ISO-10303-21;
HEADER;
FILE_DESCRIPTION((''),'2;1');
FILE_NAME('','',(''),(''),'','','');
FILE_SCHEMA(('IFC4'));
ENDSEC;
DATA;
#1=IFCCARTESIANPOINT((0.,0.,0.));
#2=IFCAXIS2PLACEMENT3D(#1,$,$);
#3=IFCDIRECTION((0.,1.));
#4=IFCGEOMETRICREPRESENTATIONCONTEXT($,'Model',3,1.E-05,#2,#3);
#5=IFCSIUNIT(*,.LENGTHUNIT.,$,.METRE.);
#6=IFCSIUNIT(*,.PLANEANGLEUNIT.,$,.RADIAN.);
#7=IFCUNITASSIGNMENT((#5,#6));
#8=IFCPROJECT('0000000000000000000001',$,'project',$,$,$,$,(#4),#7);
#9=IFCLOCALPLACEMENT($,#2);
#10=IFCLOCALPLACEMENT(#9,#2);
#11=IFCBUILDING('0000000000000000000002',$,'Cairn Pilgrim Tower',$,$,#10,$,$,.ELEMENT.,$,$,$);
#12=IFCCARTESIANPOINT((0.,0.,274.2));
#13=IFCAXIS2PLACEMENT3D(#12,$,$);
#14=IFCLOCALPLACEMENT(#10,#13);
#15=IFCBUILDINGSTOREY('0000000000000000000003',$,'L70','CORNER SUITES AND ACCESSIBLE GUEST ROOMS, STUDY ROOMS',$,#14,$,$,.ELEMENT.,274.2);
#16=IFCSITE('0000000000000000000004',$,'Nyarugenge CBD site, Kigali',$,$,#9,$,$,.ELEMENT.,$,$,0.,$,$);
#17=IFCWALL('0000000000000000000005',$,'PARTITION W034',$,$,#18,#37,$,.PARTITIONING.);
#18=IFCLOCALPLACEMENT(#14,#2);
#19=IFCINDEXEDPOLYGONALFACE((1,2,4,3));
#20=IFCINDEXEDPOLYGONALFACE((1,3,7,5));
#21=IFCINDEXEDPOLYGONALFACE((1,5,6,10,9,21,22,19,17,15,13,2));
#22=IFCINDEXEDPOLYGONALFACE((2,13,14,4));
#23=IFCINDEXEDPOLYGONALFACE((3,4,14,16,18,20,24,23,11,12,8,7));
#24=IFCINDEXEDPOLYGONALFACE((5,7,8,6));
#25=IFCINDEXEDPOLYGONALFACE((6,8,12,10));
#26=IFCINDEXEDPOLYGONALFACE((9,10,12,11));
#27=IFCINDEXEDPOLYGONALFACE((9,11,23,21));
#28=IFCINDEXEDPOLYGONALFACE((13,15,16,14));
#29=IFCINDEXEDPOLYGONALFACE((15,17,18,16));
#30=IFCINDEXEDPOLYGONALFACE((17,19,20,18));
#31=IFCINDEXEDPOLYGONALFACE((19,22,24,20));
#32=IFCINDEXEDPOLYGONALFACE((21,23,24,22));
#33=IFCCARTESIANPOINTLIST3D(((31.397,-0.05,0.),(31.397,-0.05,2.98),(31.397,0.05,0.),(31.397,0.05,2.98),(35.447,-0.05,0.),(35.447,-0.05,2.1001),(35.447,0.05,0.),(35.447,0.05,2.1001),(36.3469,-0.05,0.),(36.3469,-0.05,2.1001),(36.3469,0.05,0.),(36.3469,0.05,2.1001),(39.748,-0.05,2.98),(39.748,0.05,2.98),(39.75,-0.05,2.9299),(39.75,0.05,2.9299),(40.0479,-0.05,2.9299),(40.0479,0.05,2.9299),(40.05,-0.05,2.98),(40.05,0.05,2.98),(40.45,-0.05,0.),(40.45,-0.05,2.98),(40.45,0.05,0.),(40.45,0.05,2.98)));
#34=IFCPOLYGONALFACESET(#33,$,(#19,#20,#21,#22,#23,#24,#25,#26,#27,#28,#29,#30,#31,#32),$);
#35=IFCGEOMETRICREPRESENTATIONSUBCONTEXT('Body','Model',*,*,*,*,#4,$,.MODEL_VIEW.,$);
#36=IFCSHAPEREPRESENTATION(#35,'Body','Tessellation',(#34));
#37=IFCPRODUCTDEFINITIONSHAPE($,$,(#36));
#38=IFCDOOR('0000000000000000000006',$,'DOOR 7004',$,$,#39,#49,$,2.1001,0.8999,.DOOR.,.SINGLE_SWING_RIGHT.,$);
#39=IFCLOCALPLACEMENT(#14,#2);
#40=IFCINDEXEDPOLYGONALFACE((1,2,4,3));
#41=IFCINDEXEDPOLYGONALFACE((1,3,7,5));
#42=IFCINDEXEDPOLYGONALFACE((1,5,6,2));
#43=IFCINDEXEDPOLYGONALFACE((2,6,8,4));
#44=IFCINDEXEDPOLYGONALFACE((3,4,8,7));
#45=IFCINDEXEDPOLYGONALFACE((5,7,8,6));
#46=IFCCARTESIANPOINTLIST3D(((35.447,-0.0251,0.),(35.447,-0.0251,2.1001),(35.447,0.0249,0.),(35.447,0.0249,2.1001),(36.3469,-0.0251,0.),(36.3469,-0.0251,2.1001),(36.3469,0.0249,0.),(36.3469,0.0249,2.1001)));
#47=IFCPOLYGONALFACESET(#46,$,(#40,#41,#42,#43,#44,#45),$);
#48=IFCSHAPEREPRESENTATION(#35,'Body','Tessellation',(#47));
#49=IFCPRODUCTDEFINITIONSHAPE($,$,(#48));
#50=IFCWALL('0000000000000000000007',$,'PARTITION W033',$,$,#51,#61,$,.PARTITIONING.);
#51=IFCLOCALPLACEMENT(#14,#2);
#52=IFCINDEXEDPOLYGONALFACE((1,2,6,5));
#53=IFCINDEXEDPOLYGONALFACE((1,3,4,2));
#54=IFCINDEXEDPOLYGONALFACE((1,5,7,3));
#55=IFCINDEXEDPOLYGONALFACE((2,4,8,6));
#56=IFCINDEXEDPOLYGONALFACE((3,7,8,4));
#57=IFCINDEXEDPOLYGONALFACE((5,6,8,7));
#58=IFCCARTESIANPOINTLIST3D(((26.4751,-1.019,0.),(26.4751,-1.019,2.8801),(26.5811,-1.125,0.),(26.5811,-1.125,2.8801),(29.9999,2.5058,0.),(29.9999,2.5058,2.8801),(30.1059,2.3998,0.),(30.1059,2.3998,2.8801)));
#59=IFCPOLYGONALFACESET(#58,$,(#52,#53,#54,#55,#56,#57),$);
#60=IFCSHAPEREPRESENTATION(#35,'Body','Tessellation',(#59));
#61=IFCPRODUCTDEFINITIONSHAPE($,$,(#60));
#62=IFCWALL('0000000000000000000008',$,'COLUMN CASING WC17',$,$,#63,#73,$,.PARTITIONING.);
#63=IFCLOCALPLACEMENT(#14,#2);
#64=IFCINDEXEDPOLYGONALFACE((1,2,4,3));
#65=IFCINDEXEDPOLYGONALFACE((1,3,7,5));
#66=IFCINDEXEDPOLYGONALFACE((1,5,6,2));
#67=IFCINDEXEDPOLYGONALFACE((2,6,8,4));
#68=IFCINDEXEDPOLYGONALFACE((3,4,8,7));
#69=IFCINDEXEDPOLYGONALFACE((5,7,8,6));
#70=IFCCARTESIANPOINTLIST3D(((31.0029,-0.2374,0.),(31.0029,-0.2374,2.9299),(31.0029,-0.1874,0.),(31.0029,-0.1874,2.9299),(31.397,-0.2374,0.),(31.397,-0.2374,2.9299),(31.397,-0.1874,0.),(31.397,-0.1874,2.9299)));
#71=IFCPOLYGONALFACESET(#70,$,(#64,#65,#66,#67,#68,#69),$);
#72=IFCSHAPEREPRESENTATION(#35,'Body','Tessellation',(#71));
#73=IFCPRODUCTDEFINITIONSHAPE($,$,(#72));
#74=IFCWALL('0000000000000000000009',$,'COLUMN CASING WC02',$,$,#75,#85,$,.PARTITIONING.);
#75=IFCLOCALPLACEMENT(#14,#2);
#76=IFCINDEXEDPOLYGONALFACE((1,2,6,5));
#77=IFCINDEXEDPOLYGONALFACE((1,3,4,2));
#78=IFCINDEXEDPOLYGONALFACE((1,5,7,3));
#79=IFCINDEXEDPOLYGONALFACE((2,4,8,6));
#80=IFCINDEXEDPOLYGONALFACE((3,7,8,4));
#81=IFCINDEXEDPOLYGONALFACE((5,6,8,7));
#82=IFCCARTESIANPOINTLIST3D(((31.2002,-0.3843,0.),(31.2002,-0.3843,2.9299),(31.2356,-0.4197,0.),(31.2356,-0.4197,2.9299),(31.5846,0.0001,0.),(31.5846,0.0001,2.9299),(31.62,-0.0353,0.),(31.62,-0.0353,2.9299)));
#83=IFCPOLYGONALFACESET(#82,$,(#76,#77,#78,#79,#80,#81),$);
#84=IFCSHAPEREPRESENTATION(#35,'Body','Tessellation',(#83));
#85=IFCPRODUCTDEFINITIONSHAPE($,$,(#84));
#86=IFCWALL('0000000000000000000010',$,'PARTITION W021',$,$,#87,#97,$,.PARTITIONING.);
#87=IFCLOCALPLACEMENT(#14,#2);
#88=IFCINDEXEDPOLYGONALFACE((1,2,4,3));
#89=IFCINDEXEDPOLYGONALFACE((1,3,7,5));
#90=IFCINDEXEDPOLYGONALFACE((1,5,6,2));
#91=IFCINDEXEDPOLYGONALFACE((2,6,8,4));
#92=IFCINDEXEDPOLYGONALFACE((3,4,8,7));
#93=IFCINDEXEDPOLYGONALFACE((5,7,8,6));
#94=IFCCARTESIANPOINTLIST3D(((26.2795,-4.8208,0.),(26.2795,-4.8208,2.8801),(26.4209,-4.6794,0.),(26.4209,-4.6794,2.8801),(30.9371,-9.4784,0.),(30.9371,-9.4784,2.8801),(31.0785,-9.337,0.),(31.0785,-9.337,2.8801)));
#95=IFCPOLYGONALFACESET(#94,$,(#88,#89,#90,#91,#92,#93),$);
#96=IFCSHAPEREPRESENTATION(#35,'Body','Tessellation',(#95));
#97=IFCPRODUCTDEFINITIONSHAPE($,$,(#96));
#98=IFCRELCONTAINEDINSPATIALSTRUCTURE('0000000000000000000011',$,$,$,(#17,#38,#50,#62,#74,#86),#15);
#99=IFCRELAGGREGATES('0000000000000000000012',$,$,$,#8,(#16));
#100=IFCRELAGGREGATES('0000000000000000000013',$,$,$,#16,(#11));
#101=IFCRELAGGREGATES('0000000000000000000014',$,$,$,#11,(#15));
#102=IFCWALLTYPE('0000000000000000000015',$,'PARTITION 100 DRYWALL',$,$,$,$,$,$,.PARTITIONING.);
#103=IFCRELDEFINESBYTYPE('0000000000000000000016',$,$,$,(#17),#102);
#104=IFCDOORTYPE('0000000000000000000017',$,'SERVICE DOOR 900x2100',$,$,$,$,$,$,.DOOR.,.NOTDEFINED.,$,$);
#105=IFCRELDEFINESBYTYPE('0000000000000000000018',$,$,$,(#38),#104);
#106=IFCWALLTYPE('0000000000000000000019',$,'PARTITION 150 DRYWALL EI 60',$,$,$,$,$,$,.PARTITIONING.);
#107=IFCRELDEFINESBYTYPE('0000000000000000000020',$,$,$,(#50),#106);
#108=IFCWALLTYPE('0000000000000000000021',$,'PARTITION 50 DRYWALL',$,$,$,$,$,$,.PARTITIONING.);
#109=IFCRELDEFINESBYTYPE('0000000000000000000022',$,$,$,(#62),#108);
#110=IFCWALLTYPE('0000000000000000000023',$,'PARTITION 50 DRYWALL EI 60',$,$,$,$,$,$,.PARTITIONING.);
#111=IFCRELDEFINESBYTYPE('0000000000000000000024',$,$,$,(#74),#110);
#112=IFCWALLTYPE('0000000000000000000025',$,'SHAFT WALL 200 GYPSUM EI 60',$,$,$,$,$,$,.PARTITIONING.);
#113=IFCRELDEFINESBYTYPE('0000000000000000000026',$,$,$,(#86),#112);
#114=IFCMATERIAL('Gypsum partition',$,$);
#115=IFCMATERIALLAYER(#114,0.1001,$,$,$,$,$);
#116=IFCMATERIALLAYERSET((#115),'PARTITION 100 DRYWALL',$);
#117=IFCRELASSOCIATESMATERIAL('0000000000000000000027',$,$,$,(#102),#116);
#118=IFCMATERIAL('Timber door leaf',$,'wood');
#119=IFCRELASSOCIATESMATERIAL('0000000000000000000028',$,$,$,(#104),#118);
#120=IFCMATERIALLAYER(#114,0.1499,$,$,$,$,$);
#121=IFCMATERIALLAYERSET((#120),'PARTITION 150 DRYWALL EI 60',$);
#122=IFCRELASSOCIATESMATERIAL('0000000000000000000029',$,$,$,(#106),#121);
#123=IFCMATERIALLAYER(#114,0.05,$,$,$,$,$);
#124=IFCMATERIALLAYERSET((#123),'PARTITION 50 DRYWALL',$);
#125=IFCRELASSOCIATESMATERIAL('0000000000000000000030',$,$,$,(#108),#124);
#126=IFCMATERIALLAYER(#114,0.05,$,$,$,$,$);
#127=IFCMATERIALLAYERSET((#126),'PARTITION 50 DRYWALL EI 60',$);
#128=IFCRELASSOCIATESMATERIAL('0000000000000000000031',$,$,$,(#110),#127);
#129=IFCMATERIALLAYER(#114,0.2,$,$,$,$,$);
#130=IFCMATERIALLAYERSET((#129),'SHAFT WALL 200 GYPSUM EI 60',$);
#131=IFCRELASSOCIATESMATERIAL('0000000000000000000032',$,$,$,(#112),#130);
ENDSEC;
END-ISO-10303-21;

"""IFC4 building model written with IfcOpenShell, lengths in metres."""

from ifc_helpers import new_model, si_unit, direction, frame, frame_2d, origin, place, context, subcontext, project, spatial, polyline, rectangle, outline, extrude, material, layer, layer_set, type_object, element, fill, save


model = new_model("IFC4")

# Units and contexts
model_context = context("Model", 3, precision=1e-05, world=origin(), true_north=direction((0.0, 1.0)))
body_context = subcontext(model_context, "Body", "Model", "MODEL_VIEW")
ifc_project = project(units=[si_unit("LENGTHUNIT", "METRE"), si_unit("PLANEANGLEUNIT", "RADIAN")], contexts=[model_context])

# Site, building, storey
site_placement = place(None, origin())
site = spatial("IfcSite", under=ifc_project, at=site_placement, Name="Nyarugenge CBD site, Kigali", CompositionType="ELEMENT", RefElevation=0.0)
building_placement = place(site_placement, origin())
building = spatial("IfcBuilding", under=site, at=building_placement, Name="Cairn Pilgrim Tower", CompositionType="ELEMENT")
storey_placement = place(building_placement, frame((0.0, 0.0, 274.2)))
storey = spatial("IfcBuildingStorey", under=building, at=storey_placement, Name="L70", Description="CORNER SUITES AND ACCESSIBLE GUEST ROOMS, STUDY ROOMS", CompositionType="ELEMENT", Elevation=274.2)

# Shared definitions
ifc_material_1 = material(Name="Gypsum partition")
ifc_layer_1 = layer(ifc_material_1, 0.1001)
ifc_layer_set_1 = layer_set([ifc_layer_1], Name="PARTITION 100 DRYWALL")
wall_type_1 = type_object("IfcWallType", Name="PARTITION 100 DRYWALL", PredefinedType="PARTITIONING", material=ifc_layer_set_1)

# Wall, opening, door
ifc_material_2 = material(Name="Timber door leaf", Category="wood")
wall_1_placement = place(storey_placement, frame((31.397, 0.0, 0.0), z_axis=(0.0, 0.0, 1.0), x_axis=(1.0, 0.0, 0.0)))
wall_1 = element("IfcWall", 1, at=wall_1_placement, inside=storey, type_object=wall_type_1, Name="PARTITION W034", PredefinedType="PARTITIONING", context=body_context, shape_type="SweptSolid", body=[
    extrude(outline(polyline([(0.0, 0.0), (9.053, 0.0), (9.053, 2.98), (8.6531, 2.98), (8.6509, 2.9299), (8.353, 2.9299), (8.3511, 2.98), (0.0, 2.98), (0.0, 0.0)])), frame((0.0, 0.05, 0.0), z_axis=(0.0, -1.0, 0.0), x_axis=(1.0, 0.0, 0.0)), (0.0, 0.0, 1.0), 0.1001),
])
opening_1_placement = place(wall_1_placement, frame((4.05, 0.0, 0.0)))
opening_1 = element("IfcOpeningElement", 2, at=opening_1_placement, cuts=wall_1, PredefinedType="OPENING", context=body_context, shape_type="SweptSolid", body=[
    extrude(rectangle(XDim=0.8999, YDim=2.1001, at=frame_2d((0.45, 1.05))), frame((0.0, 0.0601, 0.0), z_axis=(0.0, -1.0, 0.0), x_axis=(1.0, 0.0, 0.0)), (0.0, 0.0, 1.0), 0.1201),
])
door_type_1 = type_object("IfcDoorType", Name="SERVICE DOOR 900x2100", OperationType="NOTDEFINED", PredefinedType="DOOR", material=ifc_material_2)
door_1_placement = place(opening_1_placement, origin())
door_1 = element("IfcDoor", 3, at=door_1_placement, inside=storey, type_object=door_type_1, Name="DOOR 7004", OperationType="SINGLE_SWING_RIGHT", OverallHeight=2.1001, OverallWidth=0.8999, PredefinedType="DOOR", context=body_context, shape_type="SweptSolid", body=[
    extrude(rectangle(XDim=0.8999, YDim=2.1001, at=frame_2d((0.45, 1.05))), frame((0.0, 0.0249, 0.0), z_axis=(0.0, -1.0, 0.0), x_axis=(1.0, 0.0, 0.0)), (0.0, 0.0, 1.0), 0.05),
])
fill(opening_1, door_1)

# Walls
ifc_layer_2 = layer(ifc_material_1, 0.1499)
ifc_layer_set_2 = layer_set([ifc_layer_2], Name="PARTITION 150 DRYWALL EI 60")
wall_type_2 = type_object("IfcWallType", Name="PARTITION 150 DRYWALL EI 60", PredefinedType="PARTITIONING", material=ifc_layer_set_2)
wall_2_placement = place(storey_placement, frame((26.5281, -1.072, 0.0), z_axis=(0.0, 0.0, 1.0), x_axis=(0.707107, 0.707107, 0.0)))
element("IfcWall", 4, at=wall_2_placement, inside=storey, type_object=wall_type_2, Name="PARTITION W033", PredefinedType="PARTITIONING", context=body_context, shape_type="SweptSolid", body=[
    extrude(rectangle(XDim=4.9849, YDim=0.1499, at=frame_2d((2.4924, 0.0))), origin(), (0.0, 0.0, 1.0), 2.8801),
])
ifc_layer_3 = layer(ifc_material_1, 0.05)
ifc_layer_set_3 = layer_set([ifc_layer_3], Name="PARTITION 50 DRYWALL")
wall_type_3 = type_object("IfcWallType", Name="PARTITION 50 DRYWALL", PredefinedType="PARTITIONING", material=ifc_layer_set_3)
wall_3_placement = place(storey_placement, frame((31.0029, -0.2124, 0.0), z_axis=(0.0, 0.0, 1.0), x_axis=(1.0, 0.0, 0.0)))
element("IfcWall", 5, at=wall_3_placement, inside=storey, type_object=wall_type_3, Name="COLUMN CASING WC17", PredefinedType="PARTITIONING", context=body_context, shape_type="SweptSolid", body=[
    extrude(rectangle(XDim=0.394, YDim=0.05, at=frame_2d((0.197, 0.0))), origin(), (0.0, 0.0, 1.0), 2.9299),
])
ifc_layer_4 = layer(ifc_material_1, 0.05)
ifc_layer_set_4 = layer_set([ifc_layer_4], Name="PARTITION 50 DRYWALL EI 60")
wall_type_4 = type_object("IfcWallType", Name="PARTITION 50 DRYWALL EI 60", PredefinedType="PARTITIONING", material=ifc_layer_set_4)
wall_4_placement = place(storey_placement, frame((31.2178, -0.4021, 0.0), z_axis=(0.0, 0.0, 1.0), x_axis=(0.707107, 0.707107, 0.0)))
element("IfcWall", 6, at=wall_4_placement, inside=storey, type_object=wall_type_4, Name="COLUMN CASING WC02", PredefinedType="PARTITIONING", context=body_context, shape_type="SweptSolid", body=[
    extrude(rectangle(XDim=0.5437, YDim=0.05, at=frame_2d((0.272, 0.0))), origin(), (0.0, 0.0, 1.0), 2.9299),
])
ifc_layer_5 = layer(ifc_material_1, 0.2)
ifc_layer_set_5 = layer_set([ifc_layer_5], Name="SHAFT WALL 200 GYPSUM EI 60")
wall_type_5 = type_object("IfcWallType", Name="SHAFT WALL 200 GYPSUM EI 60", PredefinedType="PARTITIONING", material=ifc_layer_set_5)
wall_5_placement = place(storey_placement, frame((31.0078, -9.4077, 0.0), z_axis=(0.0, 0.0, 1.0), x_axis=(-0.707107, 0.707107, 0.0)))
element("IfcWall", 7, at=wall_5_placement, inside=storey, type_object=wall_type_5, Name="PARTITION W021", PredefinedType="PARTITIONING", context=body_context, shape_type="SweptSolid", body=[
    extrude(rectangle(XDim=6.5869, YDim=0.2, at=frame_2d((3.2935, 0.0))), origin(), (0.0, 0.0, 1.0), 2.8801),
])

save(model, "model.ifc")
